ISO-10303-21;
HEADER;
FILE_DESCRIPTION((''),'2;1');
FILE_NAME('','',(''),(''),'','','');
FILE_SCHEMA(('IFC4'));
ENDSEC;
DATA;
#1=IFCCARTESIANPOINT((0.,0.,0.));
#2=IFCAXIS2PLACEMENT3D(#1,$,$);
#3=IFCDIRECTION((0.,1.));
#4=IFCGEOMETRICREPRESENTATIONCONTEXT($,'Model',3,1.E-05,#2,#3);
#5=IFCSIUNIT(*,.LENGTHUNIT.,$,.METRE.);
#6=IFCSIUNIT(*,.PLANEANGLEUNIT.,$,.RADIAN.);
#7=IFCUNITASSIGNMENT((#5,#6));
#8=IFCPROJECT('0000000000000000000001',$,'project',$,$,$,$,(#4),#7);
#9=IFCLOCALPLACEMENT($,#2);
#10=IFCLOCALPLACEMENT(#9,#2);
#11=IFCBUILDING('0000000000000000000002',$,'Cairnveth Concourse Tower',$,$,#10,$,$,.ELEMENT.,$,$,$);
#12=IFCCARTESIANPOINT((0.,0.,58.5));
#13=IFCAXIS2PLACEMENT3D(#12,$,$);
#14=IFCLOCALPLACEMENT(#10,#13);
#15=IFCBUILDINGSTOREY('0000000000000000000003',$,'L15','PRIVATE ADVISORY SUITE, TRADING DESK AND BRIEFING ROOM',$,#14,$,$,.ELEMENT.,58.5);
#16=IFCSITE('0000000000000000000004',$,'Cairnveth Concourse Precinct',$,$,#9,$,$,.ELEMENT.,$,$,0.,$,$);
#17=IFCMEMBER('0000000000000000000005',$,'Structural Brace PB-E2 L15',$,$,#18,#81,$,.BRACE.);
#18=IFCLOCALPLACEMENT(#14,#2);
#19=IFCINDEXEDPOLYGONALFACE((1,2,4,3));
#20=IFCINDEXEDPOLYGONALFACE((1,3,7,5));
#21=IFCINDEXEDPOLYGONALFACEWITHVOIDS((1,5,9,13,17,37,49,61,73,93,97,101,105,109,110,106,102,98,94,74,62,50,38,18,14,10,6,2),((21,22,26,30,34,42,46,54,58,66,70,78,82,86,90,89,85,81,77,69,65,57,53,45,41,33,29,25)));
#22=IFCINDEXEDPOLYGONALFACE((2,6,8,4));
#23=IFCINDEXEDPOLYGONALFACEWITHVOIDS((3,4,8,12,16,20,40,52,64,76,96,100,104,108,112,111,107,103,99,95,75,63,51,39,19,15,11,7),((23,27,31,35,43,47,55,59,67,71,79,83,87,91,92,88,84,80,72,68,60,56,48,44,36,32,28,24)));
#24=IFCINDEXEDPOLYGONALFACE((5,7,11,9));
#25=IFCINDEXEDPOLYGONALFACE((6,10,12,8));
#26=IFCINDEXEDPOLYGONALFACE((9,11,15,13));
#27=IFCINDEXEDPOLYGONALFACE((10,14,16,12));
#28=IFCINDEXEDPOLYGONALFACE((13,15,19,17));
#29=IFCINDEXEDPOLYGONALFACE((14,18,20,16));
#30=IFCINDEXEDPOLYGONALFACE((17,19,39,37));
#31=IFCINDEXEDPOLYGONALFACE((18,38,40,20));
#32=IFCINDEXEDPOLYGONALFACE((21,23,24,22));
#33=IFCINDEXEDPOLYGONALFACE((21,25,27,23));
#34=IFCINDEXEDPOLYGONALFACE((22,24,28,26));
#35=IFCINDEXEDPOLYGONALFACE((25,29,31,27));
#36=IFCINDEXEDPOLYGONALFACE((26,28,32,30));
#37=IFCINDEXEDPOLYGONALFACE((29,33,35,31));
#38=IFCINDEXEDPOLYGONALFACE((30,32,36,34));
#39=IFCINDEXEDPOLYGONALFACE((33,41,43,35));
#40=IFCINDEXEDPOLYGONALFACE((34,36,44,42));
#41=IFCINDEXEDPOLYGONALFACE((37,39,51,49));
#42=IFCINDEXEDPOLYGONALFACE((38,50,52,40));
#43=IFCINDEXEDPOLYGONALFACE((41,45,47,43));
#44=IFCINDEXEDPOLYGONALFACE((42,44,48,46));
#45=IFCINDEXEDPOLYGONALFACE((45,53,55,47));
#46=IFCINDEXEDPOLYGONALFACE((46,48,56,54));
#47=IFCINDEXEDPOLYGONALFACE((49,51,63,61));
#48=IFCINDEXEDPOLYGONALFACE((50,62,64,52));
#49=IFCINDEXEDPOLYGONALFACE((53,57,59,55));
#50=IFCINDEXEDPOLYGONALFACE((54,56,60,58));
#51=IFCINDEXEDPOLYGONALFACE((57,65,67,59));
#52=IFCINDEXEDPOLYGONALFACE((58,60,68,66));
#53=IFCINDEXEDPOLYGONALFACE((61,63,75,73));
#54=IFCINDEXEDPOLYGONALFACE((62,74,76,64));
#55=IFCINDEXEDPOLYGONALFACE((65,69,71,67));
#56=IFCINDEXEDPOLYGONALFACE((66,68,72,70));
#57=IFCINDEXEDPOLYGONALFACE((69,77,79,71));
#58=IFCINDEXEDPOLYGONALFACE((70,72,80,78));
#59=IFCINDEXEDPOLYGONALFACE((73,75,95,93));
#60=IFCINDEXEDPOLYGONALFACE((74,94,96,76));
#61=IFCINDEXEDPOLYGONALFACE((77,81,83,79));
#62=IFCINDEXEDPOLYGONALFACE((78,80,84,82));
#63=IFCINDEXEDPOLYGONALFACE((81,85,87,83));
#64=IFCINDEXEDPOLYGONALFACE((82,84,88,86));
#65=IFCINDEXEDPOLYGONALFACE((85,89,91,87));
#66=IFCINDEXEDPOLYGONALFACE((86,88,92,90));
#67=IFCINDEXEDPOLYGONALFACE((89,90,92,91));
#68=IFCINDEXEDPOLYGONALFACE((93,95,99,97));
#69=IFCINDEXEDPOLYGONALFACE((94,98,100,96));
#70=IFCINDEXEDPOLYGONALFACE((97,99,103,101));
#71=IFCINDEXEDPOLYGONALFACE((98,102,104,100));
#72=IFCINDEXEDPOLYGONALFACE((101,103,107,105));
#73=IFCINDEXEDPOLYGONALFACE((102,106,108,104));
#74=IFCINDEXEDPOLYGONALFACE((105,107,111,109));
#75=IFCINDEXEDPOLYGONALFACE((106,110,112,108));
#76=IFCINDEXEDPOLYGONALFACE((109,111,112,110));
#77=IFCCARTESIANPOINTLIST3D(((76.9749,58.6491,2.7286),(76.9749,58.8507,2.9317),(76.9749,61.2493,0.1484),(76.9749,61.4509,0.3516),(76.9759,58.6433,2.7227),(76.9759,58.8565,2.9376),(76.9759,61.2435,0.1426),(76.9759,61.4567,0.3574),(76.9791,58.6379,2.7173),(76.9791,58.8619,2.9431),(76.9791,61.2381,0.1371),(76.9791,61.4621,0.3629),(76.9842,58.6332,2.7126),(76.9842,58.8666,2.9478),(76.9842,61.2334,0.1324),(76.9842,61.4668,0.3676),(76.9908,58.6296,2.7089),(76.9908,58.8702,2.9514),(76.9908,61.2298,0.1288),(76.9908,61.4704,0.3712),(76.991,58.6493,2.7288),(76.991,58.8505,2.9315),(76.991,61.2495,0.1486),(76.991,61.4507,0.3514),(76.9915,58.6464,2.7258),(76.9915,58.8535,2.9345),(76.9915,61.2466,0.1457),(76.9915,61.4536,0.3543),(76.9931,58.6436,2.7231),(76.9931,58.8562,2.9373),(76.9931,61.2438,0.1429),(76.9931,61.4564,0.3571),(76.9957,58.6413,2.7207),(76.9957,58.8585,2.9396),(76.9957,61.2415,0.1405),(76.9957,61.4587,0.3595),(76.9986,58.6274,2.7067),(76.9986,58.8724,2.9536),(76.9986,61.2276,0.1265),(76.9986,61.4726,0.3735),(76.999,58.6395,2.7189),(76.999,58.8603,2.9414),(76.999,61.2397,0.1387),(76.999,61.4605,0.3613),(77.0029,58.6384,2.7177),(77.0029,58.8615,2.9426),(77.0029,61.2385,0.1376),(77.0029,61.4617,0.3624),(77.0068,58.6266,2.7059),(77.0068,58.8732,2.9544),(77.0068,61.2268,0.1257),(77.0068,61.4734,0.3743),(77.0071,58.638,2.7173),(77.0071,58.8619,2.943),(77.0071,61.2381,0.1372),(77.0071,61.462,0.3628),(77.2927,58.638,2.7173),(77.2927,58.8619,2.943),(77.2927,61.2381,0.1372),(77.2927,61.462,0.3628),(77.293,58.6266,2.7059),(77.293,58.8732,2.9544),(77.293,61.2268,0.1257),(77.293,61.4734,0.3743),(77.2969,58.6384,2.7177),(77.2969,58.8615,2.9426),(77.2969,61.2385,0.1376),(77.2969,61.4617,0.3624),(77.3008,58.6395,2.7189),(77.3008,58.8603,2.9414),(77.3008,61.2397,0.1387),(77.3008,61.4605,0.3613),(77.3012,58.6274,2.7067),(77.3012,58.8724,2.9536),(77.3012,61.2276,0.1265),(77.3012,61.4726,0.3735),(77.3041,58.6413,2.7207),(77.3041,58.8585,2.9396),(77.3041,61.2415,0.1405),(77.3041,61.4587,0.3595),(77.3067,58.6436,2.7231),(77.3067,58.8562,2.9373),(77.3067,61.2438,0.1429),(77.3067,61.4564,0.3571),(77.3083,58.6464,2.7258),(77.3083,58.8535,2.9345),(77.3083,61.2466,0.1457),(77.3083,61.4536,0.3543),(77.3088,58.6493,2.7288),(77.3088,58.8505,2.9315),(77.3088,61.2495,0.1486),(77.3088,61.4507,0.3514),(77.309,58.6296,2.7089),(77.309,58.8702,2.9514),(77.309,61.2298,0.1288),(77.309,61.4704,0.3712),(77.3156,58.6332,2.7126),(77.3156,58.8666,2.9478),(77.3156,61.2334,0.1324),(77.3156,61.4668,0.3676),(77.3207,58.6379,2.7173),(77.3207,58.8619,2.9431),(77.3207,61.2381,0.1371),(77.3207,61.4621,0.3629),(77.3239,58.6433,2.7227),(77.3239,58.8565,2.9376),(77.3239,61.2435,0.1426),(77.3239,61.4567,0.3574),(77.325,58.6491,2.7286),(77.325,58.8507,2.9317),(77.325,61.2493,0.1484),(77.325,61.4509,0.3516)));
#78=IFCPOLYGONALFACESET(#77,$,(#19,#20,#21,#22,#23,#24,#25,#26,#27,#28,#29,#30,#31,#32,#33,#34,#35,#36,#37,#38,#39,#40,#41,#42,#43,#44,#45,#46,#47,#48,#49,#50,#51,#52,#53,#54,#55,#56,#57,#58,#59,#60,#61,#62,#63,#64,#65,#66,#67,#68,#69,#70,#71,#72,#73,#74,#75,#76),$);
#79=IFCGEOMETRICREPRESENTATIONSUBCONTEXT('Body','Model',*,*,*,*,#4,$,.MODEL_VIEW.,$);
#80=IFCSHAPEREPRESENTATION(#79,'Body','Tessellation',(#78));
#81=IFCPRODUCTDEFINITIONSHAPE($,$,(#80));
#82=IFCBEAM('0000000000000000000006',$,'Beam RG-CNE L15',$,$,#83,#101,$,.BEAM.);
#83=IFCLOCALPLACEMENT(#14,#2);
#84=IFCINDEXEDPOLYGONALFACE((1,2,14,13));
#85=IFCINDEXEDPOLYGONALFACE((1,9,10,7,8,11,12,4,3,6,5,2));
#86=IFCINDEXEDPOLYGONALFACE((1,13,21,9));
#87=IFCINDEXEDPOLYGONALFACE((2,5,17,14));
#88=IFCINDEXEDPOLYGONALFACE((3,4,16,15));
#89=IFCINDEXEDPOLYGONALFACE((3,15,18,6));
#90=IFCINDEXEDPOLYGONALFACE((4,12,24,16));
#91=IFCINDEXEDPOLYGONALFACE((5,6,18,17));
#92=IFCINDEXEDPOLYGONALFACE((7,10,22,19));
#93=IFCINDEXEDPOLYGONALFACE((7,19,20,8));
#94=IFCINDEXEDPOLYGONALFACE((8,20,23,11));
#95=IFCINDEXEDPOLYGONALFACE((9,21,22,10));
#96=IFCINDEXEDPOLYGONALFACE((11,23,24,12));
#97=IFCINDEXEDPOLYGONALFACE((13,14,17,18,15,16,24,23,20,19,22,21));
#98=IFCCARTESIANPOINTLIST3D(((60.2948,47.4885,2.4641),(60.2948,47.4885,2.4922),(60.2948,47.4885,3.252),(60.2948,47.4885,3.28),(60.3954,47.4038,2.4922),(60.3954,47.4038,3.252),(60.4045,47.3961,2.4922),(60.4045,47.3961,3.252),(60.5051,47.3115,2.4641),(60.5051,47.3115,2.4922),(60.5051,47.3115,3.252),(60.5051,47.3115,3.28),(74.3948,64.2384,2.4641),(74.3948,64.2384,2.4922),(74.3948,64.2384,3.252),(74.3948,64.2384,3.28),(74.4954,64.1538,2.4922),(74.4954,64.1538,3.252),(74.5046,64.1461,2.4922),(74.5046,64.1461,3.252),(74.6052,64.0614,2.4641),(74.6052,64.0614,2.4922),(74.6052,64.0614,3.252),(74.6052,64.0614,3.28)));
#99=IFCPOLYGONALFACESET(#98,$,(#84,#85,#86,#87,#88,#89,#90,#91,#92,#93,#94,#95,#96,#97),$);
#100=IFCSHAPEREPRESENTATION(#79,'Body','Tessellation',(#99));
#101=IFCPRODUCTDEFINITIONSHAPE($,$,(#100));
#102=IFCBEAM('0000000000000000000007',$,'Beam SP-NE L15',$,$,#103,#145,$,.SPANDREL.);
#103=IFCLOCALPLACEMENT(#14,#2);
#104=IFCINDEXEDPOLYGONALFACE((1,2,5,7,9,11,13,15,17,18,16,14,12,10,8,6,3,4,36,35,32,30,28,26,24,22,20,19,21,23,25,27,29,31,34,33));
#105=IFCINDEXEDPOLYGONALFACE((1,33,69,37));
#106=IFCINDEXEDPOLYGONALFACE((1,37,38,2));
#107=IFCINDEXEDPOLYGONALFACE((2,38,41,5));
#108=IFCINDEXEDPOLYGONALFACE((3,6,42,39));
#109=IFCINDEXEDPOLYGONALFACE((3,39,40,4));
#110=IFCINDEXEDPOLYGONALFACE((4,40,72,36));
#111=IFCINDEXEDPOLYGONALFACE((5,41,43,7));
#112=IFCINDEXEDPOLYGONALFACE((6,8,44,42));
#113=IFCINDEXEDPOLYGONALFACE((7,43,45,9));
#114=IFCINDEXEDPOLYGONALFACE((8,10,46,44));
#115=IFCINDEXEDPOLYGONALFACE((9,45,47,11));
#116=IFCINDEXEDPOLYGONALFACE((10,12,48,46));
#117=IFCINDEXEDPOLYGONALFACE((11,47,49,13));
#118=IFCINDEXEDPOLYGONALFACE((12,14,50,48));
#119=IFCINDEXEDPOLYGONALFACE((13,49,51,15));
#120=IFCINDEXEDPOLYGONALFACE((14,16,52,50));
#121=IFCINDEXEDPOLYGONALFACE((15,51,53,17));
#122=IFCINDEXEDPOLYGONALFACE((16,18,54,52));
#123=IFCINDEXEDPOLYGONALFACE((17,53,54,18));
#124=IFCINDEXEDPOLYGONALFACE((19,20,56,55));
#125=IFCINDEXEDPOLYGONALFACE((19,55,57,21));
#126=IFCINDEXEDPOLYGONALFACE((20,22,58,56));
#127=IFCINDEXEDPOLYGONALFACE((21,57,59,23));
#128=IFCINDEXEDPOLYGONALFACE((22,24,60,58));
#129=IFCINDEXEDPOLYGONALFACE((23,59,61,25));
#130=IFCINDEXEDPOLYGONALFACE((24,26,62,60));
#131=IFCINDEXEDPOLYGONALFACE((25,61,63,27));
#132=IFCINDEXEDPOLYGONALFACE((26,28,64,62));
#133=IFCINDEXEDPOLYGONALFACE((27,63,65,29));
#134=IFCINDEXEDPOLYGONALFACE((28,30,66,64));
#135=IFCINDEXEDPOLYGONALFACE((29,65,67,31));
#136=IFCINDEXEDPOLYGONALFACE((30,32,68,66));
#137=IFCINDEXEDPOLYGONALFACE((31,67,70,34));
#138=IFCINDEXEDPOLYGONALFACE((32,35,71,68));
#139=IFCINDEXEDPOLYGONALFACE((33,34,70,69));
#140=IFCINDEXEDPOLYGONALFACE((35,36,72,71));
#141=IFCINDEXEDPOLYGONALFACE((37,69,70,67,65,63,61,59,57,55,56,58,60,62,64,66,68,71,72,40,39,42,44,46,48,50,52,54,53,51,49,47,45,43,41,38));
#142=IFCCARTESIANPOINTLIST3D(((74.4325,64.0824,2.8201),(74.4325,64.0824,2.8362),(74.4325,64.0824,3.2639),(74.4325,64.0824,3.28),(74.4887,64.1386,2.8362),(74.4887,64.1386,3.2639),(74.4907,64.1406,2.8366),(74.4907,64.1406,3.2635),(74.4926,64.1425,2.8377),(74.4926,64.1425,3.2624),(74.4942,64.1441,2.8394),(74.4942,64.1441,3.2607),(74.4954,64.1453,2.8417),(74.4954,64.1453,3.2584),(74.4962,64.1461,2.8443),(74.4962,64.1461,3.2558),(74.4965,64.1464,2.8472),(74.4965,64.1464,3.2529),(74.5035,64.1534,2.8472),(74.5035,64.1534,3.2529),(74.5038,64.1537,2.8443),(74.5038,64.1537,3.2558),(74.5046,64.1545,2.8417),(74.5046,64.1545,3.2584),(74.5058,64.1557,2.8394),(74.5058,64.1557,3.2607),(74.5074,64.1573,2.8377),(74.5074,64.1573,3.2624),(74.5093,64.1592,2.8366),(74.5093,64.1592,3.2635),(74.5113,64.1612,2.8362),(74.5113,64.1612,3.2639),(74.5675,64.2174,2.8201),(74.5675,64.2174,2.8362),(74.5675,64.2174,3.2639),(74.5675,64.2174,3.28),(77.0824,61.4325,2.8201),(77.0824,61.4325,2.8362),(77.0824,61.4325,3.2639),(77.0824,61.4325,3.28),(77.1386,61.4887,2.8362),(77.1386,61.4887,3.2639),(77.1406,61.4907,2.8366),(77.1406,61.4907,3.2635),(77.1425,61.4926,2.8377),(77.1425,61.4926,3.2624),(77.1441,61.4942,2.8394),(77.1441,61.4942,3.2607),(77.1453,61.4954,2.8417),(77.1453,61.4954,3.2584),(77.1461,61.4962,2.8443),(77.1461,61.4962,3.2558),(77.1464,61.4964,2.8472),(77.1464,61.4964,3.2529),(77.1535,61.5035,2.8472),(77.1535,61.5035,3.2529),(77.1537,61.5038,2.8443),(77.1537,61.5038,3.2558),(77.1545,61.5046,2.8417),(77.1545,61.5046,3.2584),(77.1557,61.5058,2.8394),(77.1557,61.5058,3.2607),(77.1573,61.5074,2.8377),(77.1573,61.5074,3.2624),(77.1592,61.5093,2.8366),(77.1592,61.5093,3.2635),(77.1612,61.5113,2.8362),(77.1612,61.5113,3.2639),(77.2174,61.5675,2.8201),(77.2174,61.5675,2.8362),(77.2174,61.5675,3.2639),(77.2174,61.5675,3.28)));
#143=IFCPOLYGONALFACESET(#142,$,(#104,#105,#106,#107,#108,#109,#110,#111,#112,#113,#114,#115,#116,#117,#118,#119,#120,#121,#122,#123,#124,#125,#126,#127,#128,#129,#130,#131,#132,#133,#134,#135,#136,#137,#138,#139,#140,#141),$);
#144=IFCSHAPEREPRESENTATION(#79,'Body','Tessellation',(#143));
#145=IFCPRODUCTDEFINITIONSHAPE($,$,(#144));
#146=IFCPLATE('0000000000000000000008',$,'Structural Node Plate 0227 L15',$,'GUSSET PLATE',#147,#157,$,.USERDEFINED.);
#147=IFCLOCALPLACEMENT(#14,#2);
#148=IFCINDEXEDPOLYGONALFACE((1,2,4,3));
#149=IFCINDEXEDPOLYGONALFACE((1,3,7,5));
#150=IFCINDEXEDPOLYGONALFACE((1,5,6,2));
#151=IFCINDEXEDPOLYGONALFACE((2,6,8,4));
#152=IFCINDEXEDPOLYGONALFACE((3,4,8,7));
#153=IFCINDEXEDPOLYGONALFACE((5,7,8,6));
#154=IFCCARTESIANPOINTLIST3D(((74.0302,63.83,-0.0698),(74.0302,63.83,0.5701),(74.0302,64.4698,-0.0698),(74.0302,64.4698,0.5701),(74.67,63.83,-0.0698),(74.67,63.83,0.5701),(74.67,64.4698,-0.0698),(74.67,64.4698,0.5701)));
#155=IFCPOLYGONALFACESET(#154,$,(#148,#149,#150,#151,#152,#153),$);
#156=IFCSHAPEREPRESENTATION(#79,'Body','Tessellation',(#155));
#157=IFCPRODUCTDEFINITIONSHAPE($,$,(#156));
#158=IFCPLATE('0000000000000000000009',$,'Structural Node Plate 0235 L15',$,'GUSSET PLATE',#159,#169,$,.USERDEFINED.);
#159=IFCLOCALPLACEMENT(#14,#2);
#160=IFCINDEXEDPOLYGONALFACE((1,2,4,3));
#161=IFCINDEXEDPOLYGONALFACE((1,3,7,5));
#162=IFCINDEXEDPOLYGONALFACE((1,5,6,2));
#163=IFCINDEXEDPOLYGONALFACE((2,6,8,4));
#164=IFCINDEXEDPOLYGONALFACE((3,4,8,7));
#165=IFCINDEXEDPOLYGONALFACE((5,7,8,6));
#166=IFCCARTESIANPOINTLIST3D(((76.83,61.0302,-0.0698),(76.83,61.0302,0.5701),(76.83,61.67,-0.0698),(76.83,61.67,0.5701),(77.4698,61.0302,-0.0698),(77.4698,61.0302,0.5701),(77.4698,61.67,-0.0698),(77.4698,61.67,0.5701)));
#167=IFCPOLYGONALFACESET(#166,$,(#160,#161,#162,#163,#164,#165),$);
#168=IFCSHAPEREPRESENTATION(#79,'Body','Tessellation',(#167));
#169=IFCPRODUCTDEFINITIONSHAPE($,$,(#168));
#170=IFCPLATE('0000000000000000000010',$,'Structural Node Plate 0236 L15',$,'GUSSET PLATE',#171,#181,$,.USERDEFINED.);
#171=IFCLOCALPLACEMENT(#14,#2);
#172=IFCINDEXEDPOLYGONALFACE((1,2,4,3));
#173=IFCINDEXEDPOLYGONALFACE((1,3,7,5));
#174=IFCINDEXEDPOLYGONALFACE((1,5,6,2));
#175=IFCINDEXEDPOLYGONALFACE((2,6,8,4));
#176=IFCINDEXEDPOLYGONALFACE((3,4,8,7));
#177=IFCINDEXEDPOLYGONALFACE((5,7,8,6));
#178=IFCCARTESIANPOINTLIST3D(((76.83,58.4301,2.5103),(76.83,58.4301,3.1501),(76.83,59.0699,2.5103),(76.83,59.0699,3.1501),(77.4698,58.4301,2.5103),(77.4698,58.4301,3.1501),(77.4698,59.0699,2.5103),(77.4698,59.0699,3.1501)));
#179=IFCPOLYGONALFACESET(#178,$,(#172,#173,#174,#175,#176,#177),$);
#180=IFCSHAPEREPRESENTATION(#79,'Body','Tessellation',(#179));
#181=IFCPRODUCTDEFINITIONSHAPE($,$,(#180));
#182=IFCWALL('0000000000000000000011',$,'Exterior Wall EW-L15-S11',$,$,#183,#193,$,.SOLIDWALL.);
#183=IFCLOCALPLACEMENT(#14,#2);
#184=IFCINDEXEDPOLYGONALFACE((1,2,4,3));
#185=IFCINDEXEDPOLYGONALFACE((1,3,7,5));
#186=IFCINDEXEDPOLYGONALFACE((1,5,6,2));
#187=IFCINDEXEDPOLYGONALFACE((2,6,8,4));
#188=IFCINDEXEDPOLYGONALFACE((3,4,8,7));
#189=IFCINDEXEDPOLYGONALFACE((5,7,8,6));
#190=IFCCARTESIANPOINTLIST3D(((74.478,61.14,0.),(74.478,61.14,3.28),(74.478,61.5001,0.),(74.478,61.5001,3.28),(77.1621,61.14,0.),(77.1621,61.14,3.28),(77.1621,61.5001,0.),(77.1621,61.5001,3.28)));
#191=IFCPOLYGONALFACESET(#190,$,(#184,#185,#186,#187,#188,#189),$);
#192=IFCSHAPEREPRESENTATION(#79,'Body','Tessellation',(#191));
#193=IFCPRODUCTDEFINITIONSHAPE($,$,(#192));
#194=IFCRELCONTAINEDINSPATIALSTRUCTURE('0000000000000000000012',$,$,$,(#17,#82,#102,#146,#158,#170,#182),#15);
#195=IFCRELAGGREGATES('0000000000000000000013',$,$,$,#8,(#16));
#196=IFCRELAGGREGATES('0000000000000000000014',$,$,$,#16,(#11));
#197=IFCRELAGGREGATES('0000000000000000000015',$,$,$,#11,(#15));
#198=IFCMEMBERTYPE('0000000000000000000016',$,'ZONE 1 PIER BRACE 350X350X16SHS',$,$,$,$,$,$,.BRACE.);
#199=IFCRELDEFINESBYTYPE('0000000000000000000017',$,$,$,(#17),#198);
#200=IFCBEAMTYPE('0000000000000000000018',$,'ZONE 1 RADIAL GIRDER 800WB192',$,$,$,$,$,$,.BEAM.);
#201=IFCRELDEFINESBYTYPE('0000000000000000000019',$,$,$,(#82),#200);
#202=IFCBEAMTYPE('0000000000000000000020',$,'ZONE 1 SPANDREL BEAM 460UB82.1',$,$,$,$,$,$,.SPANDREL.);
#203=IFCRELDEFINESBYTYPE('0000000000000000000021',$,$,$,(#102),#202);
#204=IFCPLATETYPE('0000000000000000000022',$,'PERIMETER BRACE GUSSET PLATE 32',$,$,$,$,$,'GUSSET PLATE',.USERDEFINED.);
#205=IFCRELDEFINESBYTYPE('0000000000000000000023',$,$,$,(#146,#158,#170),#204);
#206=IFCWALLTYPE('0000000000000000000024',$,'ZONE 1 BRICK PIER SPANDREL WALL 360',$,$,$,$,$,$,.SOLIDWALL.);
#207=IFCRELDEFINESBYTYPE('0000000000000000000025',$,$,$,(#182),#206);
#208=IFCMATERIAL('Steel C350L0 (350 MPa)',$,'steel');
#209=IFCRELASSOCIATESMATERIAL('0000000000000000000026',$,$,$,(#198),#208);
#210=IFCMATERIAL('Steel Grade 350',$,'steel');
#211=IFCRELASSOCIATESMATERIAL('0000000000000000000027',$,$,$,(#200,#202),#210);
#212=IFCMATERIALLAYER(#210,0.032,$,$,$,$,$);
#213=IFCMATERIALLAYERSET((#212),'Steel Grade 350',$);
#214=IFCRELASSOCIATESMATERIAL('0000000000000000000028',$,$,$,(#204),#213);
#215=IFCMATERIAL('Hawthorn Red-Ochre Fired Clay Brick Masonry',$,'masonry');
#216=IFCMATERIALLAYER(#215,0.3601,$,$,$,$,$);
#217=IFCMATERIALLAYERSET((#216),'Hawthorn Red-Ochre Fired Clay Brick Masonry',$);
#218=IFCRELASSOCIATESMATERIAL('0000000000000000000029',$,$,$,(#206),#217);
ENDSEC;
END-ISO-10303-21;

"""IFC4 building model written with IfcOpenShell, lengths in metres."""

from ifc_helpers import new_model, si_unit, direction, frame, frame_2d, origin, origin_2d, place, context, subcontext, project, spatial, rectangle, hollow_rectangle, i_section, extrude, material, layer, layer_set, material_profile, profile_set, type_object, element, save


model = new_model("IFC4")

# Units and contexts
model_context = context("Model", 3, precision=1e-05, world=origin(), true_north=direction((0.0, 1.0)))
body_context = subcontext(model_context, "Body", "Model", "MODEL_VIEW")
ifc_project = project(units=[si_unit("LENGTHUNIT", "METRE"), si_unit("PLANEANGLEUNIT", "RADIAN")], contexts=[model_context])

# Site, building, storey
site_placement = place(None, origin())
site = spatial("IfcSite", under=ifc_project, at=site_placement, Name="Cairnveth Concourse Precinct", CompositionType="ELEMENT", RefElevation=0.0)
building_placement = place(site_placement, origin())
building = spatial("IfcBuilding", under=site, at=building_placement, Name="Cairnveth Concourse Tower", CompositionType="ELEMENT")
storey_placement = place(building_placement, frame((0.0, 0.0, 58.5)))
storey = spatial("IfcBuildingStorey", under=building, at=storey_placement, Name="L15", Description="PRIVATE ADVISORY SUITE, TRADING DESK AND BRIEFING ROOM", CompositionType="ELEMENT", Elevation=58.5)

# Shared definitions
ifc_material_1 = material(Name="Steel Grade 350", Category="steel")

# Member
ifc_material_2 = material(Name="Steel C350L0 (350 MPa)", Category="steel")
ifc_material_profile_1 = material_profile(ifc_material_2, hollow_rectangle(XDim=0.3501, YDim=0.3501, WallThickness=0.0161, InnerFilletRadius=0.0161, OuterFilletRadius=0.032, at=origin_2d()), Name="350x350x16.0SHS")
ifc_profile_set_1 = profile_set([ifc_material_profile_1], Name="Steel C350L0 (350 MPa)")
member_type = type_object("IfcMemberType", Name="ZONE 1 PIER BRACE 350X350X16SHS", PredefinedType="BRACE", material=ifc_profile_set_1)
for number, where, z_axis, x_axis, name in (
    (1, (77.1499, 61.3501, 0.25), (0.0, -0.709834, 0.704369), (1.0, 0.0, 0.0), "Structural Brace PB-E2 L15"),
):
    element("IfcMember", number, at=place(storey_placement, frame(where, z_axis=z_axis, x_axis=x_axis)), inside=storey, type_object=member_type, Name=name, PredefinedType="BRACE", context=body_context, shape_type="SweptSolid", body=[
        extrude(hollow_rectangle(XDim=0.3501, YDim=0.3501, WallThickness=0.0161, InnerFilletRadius=0.0161, OuterFilletRadius=0.032, at=origin_2d()), origin(), (0.0, 0.0, 1.0), 3.6631),
    ])

# Beams
ifc_material_profile_2 = material_profile(ifc_material_1, i_section(OverallWidth=0.2749, OverallDepth=0.8159, WebThickness=0.012, FlangeThickness=0.0281, at=origin_2d()), Name="800WB192")
ifc_profile_set_2 = profile_set([ifc_material_profile_2], Name="Steel Grade 350")
beam_type_1 = type_object("IfcBeamType", Name="ZONE 1 RADIAL GIRDER 800WB192", PredefinedType="BEAM", material=ifc_profile_set_2)
beam_1_placement = place(storey_placement, frame((74.5, 64.1499, 2.8721), z_axis=(-0.643998, -0.765027, 0.0), x_axis=(0.765027, -0.643998, 0.0)))
element("IfcBeam", 2, at=beam_1_placement, inside=storey, type_object=beam_type_1, Name="Beam RG-CNE L15", PredefinedType="BEAM", context=body_context, shape_type="SweptSolid", body=[
    extrude(i_section(OverallWidth=0.2749, OverallDepth=0.8159, WebThickness=0.012, FlangeThickness=0.0281, at=origin_2d()), origin(), (0.0, 0.0, 1.0), 21.8945),
])
ifc_material_profile_3 = material_profile(ifc_material_1, i_section(OverallWidth=0.1909, OverallDepth=0.46, WebThickness=0.01, FlangeThickness=0.0161, FilletRadius=0.011, at=origin_2d()), Name="460UB82.1")
ifc_profile_set_3 = profile_set([ifc_material_profile_3], Name="Steel Grade 350")
beam_type_2 = type_object("IfcBeamType", Name="ZONE 1 SPANDREL BEAM 460UB82.1", PredefinedType="SPANDREL", material=ifc_profile_set_3)
beam_2_placement = place(storey_placement, frame((74.5, 64.1499, 3.05), z_axis=(0.707107, -0.707107, 0.0), x_axis=(0.707107, 0.707107, 0.0)))
element("IfcBeam", 3, at=beam_2_placement, inside=storey, type_object=beam_type_2, Name="Beam SP-NE L15", PredefinedType="SPANDREL", context=body_context, shape_type="SweptSolid", body=[
    extrude(i_section(OverallWidth=0.1909, OverallDepth=0.46, WebThickness=0.01, FlangeThickness=0.0161, FilletRadius=0.011, at=origin_2d()), origin(), (0.0, 0.0, 1.0), 3.7476),
])

# Plates
ifc_layer_1 = layer(ifc_material_1, 0.032)
ifc_layer_set_1 = layer_set([ifc_layer_1], Name="Steel Grade 350")
plate_type = type_object("IfcPlateType", Name="PERIMETER BRACE GUSSET PLATE 32", ElementType="GUSSET PLATE", PredefinedType="USERDEFINED", material=ifc_layer_set_1)
for number, where, z_axis, x_axis, name in (
    (4, (74.3501, 64.1499, -0.0698), (0.0, 0.0, 1.0), (1.0, 0.0, 0.0), "Structural Node Plate 0227 L15"),
    (5, (77.1499, 61.3501, -0.0698), (0.0, 0.0, 1.0), (1.0, 0.0, 0.0), "Structural Node Plate 0235 L15"),
    (6, (77.1499, 58.75, 2.5103), (0.0, 0.0, 1.0), (1.0, 0.0, 0.0), "Structural Node Plate 0236 L15"),
):
    element("IfcPlate", number, at=place(storey_placement, frame(where, z_axis=z_axis, x_axis=x_axis)), inside=storey, type_object=plate_type, Name=name, ObjectType="GUSSET PLATE", PredefinedType="USERDEFINED", context=body_context, shape_type="SweptSolid", body=[
        extrude(rectangle(XDim=0.6399, YDim=0.6399, at=origin_2d()), origin(), (0.0, 0.0, 1.0), 0.6399),
    ])

# Wall
ifc_material_3 = material(Name="Hawthorn Red-Ochre Fired Clay Brick Masonry", Category="masonry")
ifc_layer_2 = layer(ifc_material_3, 0.3601)
ifc_layer_set_2 = layer_set([ifc_layer_2], Name="Hawthorn Red-Ochre Fired Clay Brick Masonry")
wall_type = type_object("IfcWallType", Name="ZONE 1 BRICK PIER SPANDREL WALL 360", PredefinedType="SOLIDWALL", material=ifc_layer_set_2)
wall_1_placement = place(storey_placement, frame((74.478, 61.3201, 0.0), z_axis=(0.0, 0.0, 1.0), x_axis=(1.0, 0.0, 0.0)))
element("IfcWall", 7, at=wall_1_placement, inside=storey, type_object=wall_type, Name="Exterior Wall EW-L15-S11", PredefinedType="SOLIDWALL", context=body_context, shape_type="SweptSolid", body=[
    extrude(rectangle(XDim=2.6841, YDim=0.3601, at=frame_2d((1.342, 0.0))), origin(), (0.0, 0.0, 1.0), 3.28),
])

save(model, "model.ifc")
